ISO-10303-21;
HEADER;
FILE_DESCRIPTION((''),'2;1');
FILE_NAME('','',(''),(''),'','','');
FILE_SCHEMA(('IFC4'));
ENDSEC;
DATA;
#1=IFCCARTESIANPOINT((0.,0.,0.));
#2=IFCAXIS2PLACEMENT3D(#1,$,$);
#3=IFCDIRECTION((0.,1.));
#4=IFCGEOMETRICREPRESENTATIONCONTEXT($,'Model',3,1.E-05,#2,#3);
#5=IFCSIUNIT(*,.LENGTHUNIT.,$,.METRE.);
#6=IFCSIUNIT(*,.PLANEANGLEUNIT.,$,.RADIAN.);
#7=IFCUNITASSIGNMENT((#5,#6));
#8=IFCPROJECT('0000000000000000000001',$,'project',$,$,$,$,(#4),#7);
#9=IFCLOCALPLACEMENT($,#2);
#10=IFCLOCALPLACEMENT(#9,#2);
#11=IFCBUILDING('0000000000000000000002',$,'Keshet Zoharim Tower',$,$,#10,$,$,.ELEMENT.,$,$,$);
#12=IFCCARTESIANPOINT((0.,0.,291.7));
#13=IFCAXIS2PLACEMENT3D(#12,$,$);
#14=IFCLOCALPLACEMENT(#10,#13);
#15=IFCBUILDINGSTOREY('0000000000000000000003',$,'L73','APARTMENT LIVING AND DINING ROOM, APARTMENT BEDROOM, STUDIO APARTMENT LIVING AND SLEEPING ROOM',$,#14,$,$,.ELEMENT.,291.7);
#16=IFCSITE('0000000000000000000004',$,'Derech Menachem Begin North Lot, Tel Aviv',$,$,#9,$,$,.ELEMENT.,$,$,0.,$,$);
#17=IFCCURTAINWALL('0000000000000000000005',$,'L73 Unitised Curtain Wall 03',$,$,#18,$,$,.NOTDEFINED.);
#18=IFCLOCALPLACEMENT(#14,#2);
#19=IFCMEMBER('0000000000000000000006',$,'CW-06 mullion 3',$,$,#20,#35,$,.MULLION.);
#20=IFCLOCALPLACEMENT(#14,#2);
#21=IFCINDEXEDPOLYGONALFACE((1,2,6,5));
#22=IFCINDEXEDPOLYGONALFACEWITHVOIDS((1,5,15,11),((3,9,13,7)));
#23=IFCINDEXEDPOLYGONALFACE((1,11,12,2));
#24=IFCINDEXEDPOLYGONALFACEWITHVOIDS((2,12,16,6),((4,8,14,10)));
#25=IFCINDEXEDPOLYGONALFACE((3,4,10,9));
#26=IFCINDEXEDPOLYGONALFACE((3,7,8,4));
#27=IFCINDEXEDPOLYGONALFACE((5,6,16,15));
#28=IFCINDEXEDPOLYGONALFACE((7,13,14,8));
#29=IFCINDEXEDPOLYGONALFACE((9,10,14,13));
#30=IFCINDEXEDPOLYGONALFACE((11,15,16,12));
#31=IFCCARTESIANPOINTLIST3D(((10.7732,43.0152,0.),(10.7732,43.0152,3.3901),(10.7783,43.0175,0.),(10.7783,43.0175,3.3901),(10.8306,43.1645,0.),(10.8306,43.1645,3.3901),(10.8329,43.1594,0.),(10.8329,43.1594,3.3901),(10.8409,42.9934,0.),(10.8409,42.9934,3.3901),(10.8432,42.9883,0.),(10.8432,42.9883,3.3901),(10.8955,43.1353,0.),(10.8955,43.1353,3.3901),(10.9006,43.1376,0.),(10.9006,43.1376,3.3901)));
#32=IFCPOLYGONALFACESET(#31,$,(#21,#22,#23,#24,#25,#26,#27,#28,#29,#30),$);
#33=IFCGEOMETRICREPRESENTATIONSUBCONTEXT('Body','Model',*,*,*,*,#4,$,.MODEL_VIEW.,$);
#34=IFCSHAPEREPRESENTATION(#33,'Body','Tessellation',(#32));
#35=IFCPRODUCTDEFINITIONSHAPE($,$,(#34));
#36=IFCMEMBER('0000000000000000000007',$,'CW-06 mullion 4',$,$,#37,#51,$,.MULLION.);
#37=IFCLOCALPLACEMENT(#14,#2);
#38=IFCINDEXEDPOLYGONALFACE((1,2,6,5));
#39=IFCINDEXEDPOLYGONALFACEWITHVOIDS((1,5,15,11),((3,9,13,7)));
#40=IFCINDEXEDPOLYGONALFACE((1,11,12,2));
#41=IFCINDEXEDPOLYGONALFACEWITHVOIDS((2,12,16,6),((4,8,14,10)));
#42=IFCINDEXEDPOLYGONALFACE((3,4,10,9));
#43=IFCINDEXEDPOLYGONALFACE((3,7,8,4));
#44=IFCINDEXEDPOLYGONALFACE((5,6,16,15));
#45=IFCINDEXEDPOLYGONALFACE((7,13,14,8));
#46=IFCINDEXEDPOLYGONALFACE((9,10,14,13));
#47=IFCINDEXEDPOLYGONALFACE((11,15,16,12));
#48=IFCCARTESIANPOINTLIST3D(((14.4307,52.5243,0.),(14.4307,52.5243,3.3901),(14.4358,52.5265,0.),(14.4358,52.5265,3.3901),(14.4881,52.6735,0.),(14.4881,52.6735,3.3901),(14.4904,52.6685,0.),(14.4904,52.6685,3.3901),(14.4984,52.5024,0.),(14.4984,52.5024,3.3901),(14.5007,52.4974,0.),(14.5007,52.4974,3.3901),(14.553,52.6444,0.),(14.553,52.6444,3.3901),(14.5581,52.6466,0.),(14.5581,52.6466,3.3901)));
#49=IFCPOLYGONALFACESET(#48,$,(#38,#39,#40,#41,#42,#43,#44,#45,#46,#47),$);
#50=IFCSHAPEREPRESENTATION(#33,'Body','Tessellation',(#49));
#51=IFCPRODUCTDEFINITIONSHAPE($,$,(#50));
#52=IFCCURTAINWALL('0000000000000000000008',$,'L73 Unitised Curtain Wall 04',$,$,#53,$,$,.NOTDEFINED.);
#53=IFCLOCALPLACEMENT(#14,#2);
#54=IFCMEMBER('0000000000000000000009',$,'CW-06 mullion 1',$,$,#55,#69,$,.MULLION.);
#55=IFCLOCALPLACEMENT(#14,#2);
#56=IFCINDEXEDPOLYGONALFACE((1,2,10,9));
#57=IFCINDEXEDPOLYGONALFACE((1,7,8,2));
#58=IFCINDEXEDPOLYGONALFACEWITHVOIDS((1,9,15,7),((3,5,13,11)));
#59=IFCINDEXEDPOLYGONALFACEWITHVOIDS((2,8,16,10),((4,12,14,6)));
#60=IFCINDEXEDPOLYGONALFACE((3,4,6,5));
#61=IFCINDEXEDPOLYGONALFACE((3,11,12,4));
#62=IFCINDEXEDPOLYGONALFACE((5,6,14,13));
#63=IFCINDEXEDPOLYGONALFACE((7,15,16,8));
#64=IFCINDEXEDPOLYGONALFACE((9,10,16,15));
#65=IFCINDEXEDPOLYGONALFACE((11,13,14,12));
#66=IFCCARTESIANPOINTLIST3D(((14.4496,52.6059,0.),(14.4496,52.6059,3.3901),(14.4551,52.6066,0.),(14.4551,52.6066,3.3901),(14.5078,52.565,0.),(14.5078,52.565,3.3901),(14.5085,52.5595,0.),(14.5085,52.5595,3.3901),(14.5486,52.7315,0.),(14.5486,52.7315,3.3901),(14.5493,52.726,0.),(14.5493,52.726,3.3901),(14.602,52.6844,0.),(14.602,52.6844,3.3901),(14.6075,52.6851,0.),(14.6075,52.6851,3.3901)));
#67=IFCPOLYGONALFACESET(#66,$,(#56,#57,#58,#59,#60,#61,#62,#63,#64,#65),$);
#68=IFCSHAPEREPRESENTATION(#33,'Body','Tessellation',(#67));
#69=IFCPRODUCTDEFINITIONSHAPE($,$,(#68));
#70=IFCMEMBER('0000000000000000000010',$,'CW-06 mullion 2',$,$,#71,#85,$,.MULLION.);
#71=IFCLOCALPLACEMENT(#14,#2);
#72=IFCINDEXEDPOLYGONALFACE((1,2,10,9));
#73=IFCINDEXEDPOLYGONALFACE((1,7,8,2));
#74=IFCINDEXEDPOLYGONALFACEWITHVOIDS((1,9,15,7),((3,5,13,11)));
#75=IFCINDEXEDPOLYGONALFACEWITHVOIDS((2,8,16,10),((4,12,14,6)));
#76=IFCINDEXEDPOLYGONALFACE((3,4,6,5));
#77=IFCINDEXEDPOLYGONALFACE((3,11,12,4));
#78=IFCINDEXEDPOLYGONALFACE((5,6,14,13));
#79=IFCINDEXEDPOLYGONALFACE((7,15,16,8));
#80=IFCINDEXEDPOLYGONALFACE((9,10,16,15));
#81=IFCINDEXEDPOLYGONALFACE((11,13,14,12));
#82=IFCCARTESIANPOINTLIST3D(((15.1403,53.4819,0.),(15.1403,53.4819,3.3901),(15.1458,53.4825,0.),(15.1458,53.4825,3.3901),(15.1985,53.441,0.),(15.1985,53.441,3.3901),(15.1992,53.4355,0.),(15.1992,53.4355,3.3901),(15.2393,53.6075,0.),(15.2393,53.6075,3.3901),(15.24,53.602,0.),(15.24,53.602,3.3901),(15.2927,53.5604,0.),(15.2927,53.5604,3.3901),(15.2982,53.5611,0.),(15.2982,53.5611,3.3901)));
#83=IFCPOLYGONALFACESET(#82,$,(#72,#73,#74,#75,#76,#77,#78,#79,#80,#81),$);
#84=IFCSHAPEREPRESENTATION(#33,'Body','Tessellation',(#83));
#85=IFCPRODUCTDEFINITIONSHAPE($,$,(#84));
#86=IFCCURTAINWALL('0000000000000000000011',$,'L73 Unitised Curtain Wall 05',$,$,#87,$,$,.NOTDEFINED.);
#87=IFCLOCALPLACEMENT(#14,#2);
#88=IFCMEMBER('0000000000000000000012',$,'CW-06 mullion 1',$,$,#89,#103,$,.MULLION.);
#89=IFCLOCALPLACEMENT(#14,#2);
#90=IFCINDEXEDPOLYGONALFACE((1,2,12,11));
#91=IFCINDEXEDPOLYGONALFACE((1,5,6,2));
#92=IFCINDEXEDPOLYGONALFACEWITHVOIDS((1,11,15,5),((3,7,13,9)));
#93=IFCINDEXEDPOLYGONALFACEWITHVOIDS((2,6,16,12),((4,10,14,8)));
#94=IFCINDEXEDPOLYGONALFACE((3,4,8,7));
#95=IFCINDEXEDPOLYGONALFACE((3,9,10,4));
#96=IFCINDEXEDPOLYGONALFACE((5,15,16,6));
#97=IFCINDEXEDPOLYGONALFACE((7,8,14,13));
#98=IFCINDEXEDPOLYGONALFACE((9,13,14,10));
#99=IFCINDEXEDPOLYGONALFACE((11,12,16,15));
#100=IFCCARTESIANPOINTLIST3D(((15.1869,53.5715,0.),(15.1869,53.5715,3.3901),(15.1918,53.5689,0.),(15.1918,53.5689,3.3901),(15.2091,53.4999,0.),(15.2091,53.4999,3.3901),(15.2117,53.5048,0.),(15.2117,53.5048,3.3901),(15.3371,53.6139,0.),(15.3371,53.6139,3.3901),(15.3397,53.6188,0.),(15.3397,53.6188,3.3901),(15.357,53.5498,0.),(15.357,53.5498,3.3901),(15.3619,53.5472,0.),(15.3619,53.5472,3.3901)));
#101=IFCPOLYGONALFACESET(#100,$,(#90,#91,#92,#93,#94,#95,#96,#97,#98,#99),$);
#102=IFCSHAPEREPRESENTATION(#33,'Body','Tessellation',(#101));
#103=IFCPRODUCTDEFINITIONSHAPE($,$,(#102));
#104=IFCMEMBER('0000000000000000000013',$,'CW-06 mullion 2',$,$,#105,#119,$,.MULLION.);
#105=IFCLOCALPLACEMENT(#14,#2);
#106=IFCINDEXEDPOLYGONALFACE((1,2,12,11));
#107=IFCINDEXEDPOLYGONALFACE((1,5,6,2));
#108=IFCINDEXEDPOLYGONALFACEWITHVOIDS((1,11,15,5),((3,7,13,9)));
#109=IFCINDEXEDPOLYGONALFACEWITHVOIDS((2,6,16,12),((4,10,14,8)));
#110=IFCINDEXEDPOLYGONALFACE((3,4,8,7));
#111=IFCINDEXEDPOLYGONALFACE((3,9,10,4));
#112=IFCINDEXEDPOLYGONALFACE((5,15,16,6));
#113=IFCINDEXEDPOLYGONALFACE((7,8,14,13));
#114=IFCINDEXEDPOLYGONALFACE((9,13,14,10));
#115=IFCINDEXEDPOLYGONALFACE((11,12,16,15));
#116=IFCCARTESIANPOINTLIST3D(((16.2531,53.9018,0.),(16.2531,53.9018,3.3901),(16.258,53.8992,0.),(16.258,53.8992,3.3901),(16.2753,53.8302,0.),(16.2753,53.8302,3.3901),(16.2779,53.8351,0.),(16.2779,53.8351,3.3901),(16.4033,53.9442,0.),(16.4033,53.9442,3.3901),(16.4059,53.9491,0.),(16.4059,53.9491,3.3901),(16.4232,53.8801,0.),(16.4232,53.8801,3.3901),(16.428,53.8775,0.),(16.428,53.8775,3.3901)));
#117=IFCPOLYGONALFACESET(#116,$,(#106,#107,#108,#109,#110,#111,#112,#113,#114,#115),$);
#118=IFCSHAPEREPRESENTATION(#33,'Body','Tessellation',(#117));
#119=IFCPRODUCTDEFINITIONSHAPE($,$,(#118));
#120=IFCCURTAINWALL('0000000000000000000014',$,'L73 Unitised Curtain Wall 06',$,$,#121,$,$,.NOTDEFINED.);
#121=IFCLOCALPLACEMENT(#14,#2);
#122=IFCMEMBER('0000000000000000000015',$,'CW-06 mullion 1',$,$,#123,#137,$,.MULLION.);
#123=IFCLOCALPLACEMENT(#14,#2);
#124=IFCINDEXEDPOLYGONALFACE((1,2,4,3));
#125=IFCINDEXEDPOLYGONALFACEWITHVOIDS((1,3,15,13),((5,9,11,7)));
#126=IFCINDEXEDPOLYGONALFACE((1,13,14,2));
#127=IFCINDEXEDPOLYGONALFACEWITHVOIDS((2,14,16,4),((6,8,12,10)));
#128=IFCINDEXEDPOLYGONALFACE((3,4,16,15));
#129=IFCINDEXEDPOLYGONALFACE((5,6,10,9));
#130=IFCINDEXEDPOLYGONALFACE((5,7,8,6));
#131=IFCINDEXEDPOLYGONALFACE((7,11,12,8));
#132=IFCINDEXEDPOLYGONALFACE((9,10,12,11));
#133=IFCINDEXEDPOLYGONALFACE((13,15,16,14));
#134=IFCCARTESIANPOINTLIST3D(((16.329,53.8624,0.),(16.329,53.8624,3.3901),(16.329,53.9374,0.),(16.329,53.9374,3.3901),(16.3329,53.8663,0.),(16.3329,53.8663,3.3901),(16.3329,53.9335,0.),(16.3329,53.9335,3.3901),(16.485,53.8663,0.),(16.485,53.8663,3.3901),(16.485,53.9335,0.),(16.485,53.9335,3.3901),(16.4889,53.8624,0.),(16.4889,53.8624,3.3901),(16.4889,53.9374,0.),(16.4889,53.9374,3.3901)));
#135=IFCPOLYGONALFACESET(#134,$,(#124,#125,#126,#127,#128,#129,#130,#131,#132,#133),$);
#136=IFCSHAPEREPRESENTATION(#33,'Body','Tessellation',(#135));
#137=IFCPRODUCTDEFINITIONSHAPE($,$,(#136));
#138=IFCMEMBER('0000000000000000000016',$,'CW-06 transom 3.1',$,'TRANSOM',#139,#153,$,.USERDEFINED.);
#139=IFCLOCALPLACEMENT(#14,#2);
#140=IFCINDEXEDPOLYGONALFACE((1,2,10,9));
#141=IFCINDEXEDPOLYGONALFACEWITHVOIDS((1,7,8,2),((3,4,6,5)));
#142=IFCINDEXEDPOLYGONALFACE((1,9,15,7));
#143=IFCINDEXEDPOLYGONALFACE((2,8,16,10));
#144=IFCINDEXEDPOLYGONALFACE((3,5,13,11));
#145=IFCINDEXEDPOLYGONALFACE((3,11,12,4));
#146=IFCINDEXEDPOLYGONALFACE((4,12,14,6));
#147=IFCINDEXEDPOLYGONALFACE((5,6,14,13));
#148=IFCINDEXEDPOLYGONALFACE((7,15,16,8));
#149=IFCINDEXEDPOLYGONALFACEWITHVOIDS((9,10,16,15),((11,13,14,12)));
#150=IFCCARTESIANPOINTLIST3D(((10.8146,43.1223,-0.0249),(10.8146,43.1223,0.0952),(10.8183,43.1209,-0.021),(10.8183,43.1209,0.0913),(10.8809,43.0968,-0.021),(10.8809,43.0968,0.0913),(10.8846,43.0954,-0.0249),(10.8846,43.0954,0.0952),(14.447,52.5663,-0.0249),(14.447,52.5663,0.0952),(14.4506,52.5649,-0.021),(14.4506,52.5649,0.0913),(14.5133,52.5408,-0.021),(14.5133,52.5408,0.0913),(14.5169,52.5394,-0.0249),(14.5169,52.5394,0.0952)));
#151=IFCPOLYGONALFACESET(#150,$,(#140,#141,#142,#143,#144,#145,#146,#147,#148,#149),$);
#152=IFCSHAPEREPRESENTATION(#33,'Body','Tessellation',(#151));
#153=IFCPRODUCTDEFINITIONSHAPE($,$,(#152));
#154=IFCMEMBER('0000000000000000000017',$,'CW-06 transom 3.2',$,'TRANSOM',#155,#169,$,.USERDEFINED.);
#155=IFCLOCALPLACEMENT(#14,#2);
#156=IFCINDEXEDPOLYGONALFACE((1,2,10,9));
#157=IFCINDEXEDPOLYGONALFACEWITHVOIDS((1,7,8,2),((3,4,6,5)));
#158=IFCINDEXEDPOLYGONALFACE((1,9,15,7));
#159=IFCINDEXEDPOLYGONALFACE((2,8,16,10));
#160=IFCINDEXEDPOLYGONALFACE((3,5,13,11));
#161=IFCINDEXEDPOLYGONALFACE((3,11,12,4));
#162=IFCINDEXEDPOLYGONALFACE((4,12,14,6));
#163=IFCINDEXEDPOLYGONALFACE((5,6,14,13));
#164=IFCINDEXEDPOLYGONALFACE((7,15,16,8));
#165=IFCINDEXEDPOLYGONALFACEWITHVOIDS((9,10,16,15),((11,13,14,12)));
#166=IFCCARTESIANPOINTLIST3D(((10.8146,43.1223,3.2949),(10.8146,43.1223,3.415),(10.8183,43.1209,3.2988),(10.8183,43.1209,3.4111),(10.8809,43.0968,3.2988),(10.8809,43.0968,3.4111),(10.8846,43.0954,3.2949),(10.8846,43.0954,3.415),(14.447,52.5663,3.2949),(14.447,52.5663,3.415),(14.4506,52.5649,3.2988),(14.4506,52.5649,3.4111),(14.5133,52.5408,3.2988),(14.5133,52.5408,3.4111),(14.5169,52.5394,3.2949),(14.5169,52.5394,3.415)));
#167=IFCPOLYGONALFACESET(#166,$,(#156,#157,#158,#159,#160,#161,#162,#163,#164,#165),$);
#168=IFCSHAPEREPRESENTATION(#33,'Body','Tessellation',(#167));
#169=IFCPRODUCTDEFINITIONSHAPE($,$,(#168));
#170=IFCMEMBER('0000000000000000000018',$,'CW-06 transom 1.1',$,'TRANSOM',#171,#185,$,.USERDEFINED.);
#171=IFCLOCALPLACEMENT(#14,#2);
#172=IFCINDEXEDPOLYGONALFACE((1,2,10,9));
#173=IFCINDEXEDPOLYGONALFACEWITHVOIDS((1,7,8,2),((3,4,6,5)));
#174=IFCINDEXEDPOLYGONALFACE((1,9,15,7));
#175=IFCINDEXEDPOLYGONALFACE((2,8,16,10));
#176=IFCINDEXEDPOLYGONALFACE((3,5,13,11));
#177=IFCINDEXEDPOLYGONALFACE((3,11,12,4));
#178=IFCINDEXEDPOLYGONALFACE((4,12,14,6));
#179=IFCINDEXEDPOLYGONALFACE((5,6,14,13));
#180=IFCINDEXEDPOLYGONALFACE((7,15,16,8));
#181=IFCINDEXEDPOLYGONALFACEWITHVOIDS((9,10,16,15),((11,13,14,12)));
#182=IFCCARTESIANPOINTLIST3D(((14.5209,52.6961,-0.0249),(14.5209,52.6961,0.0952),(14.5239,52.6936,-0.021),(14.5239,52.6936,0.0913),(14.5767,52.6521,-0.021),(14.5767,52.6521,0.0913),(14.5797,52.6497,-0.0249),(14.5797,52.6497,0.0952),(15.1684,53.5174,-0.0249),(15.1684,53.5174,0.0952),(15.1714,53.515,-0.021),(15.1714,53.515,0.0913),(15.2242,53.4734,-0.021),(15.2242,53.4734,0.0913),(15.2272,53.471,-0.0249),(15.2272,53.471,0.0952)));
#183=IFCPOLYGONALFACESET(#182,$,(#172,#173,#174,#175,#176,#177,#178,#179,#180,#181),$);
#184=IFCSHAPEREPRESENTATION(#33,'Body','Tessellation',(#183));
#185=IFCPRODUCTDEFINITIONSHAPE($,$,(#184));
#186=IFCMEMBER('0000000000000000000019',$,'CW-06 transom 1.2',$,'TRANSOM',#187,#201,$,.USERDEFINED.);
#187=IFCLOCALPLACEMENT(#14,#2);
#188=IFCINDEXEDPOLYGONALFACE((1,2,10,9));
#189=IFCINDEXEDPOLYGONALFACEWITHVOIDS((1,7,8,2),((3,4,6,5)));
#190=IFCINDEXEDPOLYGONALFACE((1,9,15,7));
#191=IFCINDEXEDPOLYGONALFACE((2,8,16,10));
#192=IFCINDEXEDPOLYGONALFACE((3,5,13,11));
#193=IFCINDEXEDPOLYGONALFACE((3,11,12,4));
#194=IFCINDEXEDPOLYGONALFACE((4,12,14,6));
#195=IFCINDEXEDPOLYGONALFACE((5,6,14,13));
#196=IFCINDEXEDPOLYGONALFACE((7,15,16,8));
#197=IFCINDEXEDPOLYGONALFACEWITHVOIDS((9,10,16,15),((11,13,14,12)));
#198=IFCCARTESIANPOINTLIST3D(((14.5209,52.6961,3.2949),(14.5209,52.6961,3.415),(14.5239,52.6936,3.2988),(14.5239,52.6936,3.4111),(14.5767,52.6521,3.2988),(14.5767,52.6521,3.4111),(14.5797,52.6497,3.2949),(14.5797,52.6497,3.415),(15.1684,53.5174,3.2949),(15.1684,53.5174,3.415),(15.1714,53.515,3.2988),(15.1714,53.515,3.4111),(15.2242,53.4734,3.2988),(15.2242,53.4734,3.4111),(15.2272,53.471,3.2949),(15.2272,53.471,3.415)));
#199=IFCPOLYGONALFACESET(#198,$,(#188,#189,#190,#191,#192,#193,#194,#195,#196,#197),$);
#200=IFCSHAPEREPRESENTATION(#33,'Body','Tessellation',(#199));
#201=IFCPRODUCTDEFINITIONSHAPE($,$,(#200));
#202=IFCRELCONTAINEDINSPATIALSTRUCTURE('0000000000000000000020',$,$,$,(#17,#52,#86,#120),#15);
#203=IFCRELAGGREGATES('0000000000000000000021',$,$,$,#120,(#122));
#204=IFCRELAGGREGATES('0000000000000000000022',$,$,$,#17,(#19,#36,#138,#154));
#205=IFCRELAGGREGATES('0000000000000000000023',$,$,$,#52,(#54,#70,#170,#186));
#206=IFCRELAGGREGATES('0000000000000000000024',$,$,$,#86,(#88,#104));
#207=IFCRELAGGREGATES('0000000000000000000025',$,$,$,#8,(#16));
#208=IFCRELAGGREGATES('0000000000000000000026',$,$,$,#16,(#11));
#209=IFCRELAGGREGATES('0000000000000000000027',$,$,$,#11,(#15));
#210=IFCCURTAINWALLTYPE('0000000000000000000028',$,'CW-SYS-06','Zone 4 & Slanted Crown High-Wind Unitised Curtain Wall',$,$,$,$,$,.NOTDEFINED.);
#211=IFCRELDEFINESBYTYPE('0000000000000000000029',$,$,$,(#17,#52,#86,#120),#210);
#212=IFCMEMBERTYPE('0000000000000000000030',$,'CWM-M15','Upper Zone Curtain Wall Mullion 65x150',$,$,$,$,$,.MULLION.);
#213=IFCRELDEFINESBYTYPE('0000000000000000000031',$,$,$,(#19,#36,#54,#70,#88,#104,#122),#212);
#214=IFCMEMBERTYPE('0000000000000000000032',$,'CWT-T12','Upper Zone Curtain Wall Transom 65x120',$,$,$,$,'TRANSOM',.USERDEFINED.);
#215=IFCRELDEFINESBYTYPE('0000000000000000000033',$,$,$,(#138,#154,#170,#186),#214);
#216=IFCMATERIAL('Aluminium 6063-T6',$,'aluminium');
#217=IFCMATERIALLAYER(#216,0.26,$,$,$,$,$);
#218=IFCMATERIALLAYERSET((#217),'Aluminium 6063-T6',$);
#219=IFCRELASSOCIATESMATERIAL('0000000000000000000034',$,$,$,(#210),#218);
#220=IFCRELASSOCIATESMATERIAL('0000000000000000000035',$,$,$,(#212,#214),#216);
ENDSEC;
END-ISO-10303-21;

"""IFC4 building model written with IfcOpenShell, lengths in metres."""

from ifc_helpers import new_model, si_unit, direction, frame, origin, origin_2d, place, context, subcontext, project, spatial, hollow_rectangle, extrude, material, layer, layer_set, material_profile, profile_set, type_object, element, aggregate, save


model = new_model("IFC4")

# Units and contexts
model_context = context("Model", 3, precision=1e-05, world=origin(), true_north=direction((0.0, 1.0)))
body_context = subcontext(model_context, "Body", "Model", "MODEL_VIEW")
ifc_project = project(units=[si_unit("LENGTHUNIT", "METRE"), si_unit("PLANEANGLEUNIT", "RADIAN")], contexts=[model_context])

# Site, building, storey
site_placement = place(None, origin())
site = spatial("IfcSite", under=ifc_project, at=site_placement, Name="Derech Menachem Begin North Lot, Tel Aviv", CompositionType="ELEMENT", RefElevation=0.0)
building_placement = place(site_placement, origin())
building = spatial("IfcBuilding", under=site, at=building_placement, Name="Keshet Zoharim Tower", CompositionType="ELEMENT")
storey_placement = place(building_placement, frame((0.0, 0.0, 291.7)))
storey = spatial("IfcBuildingStorey", under=building, at=storey_placement, Name="L73", Description="APARTMENT LIVING AND DINING ROOM, APARTMENT BEDROOM, STUDIO APARTMENT LIVING AND SLEEPING ROOM", CompositionType="ELEMENT", Elevation=291.7)

# Curtain walls, members
ifc_material_1 = material(Name="Aluminium 6063-T6", Category="aluminium")
ifc_layer_1 = layer(ifc_material_1, 0.26)
ifc_layer_set_1 = layer_set([ifc_layer_1], Name="Aluminium 6063-T6")
curtain_wall_type = type_object("IfcCurtainWallType", Name="CW-SYS-06", Description="Zone 4 & Slanted Crown High-Wind Unitised Curtain Wall", PredefinedType="NOTDEFINED", material=ifc_layer_set_1)
curtain_wall_1_placement = place(storey_placement, origin())
curtain_wall_1 = element("IfcCurtainWall", 1, at=curtain_wall_1_placement, inside=storey, type_object=curtain_wall_type, Name="L73 Unitised Curtain Wall 03", PredefinedType="NOTDEFINED")
ifc_material_profile_1 = material_profile(ifc_material_1, hollow_rectangle(XDim=0.075, YDim=0.1599, WallThickness=0.0039, at=origin_2d()), Name="MUL-75x160")
ifc_profile_set_1 = profile_set([ifc_material_profile_1], Name="Aluminium 6063-T6")
member_type_1 = type_object("IfcMemberType", Name="CWM-M15", Description="Upper Zone Curtain Wall Mullion 65x150", PredefinedType="MULLION", material=ifc_profile_set_1)
member_1_placement = place(storey_placement, frame((10.8369, 43.0764, 0.0), z_axis=(0.0, 0.0, 1.0), x_axis=(-0.933341, 0.35899, 0.0)))
member_1 = element("IfcMember", 2, at=member_1_placement, type_object=member_type_1, Name="CW-06 mullion 3", PredefinedType="MULLION", context=body_context, shape_type="SweptSolid", body=[
    extrude(hollow_rectangle(XDim=0.075, YDim=0.1599, WallThickness=0.0039, at=origin_2d()), origin(), (0.0, 0.0, 1.0), 3.3901),
])
member_2_placement = place(storey_placement, frame((14.4944, 52.5854, 0.0), z_axis=(0.0, 0.0, 1.0), x_axis=(-0.933341, 0.35899, 0.0)))
member_2 = element("IfcMember", 3, at=member_2_placement, type_object=member_type_1, Name="CW-06 mullion 4", PredefinedType="MULLION", context=body_context, shape_type="SweptSolid", body=[
    extrude(hollow_rectangle(XDim=0.075, YDim=0.1599, WallThickness=0.0039, at=origin_2d()), origin(), (0.0, 0.0, 1.0), 3.3901),
])
curtain_wall_2_placement = place(storey_placement, origin())
curtain_wall_2 = element("IfcCurtainWall", 4, at=curtain_wall_2_placement, inside=storey, type_object=curtain_wall_type, Name="L73 Unitised Curtain Wall 04", PredefinedType="NOTDEFINED")
member_3_placement = place(storey_placement, frame((14.5286, 52.6455, 0.0), z_axis=(0.0, 0.0, 1.0), x_axis=(-0.785293, 0.619125, 0.0)))
member_3 = element("IfcMember", 5, at=member_3_placement, type_object=member_type_1, Name="CW-06 mullion 1", PredefinedType="MULLION", context=body_context, shape_type="SweptSolid", body=[
    extrude(hollow_rectangle(XDim=0.075, YDim=0.1599, WallThickness=0.0039, at=origin_2d()), origin(), (0.0, 0.0, 1.0), 3.3901),
])
member_4_placement = place(storey_placement, frame((15.2192, 53.5215, 0.0), z_axis=(0.0, 0.0, 1.0), x_axis=(-0.785293, 0.619125, 0.0)))
member_4 = element("IfcMember", 6, at=member_4_placement, type_object=member_type_1, Name="CW-06 mullion 2", PredefinedType="MULLION", context=body_context, shape_type="SweptSolid", body=[
    extrude(hollow_rectangle(XDim=0.075, YDim=0.1599, WallThickness=0.0039, at=origin_2d()), origin(), (0.0, 0.0, 1.0), 3.3901),
])
curtain_wall_3_placement = place(storey_placement, origin())
curtain_wall_3 = element("IfcCurtainWall", 7, at=curtain_wall_3_placement, inside=storey, type_object=curtain_wall_type, Name="L73 Unitised Curtain Wall 05", PredefinedType="NOTDEFINED")
member_5_placement = place(storey_placement, frame((15.2744, 53.5593, 0.0), z_axis=(0.0, 0.0, 1.0), x_axis=(-0.295922, 0.955212, 0.0)))
member_5 = element("IfcMember", 8, at=member_5_placement, type_object=member_type_1, Name="CW-06 mullion 1", PredefinedType="MULLION", context=body_context, shape_type="SweptSolid", body=[
    extrude(hollow_rectangle(XDim=0.075, YDim=0.1599, WallThickness=0.0039, at=origin_2d()), origin(), (0.0, 0.0, 1.0), 3.3901),
])
member_6_placement = place(storey_placement, frame((16.3406, 53.8896, 0.0), z_axis=(0.0, 0.0, 1.0), x_axis=(-0.295922, 0.955212, 0.0)))
member_6 = element("IfcMember", 9, at=member_6_placement, type_object=member_type_1, Name="CW-06 mullion 2", PredefinedType="MULLION", context=body_context, shape_type="SweptSolid", body=[
    extrude(hollow_rectangle(XDim=0.075, YDim=0.1599, WallThickness=0.0039, at=origin_2d()), origin(), (0.0, 0.0, 1.0), 3.3901),
])

# Curtain wall, member
curtain_wall_4_placement = place(storey_placement, origin())
curtain_wall_4 = element("IfcCurtainWall", 10, at=curtain_wall_4_placement, inside=storey, type_object=curtain_wall_type, Name="L73 Unitised Curtain Wall 06", PredefinedType="NOTDEFINED")
member_7_placement = place(storey_placement, frame((16.4089, 53.8999, 0.0), z_axis=(0.0, 0.0, 1.0), x_axis=(0.0, 1.0, 0.0)))
member_7 = element("IfcMember", 11, at=member_7_placement, type_object=member_type_1, Name="CW-06 mullion 1", PredefinedType="MULLION", context=body_context, shape_type="SweptSolid", body=[
    extrude(hollow_rectangle(XDim=0.075, YDim=0.1599, WallThickness=0.0039, at=origin_2d()), origin(), (0.0, 0.0, 1.0), 3.3901),
])

# Members
ifc_material_profile_2 = material_profile(ifc_material_1, hollow_rectangle(XDim=0.075, YDim=0.1201, WallThickness=0.0039, at=origin_2d()), Name="TRN-75x120")
ifc_profile_set_2 = profile_set([ifc_material_profile_2], Name="Aluminium 6063-T6")
member_type_2 = type_object("IfcMemberType", Name="CWT-T12", Description="Upper Zone Curtain Wall Transom 65x120", ElementType="TRANSOM", PredefinedType="USERDEFINED", material=ifc_profile_set_2)
member_8_placement = place(storey_placement, frame((10.8496, 43.1089, 0.0352), z_axis=(0.358986, 0.933343, 0.0), x_axis=(-0.933343, 0.358986, 0.0)))
member_8 = element("IfcMember", 12, at=member_8_placement, type_object=member_type_2, Name="CW-06 transom 3.1", ObjectType="TRANSOM", PredefinedType="USERDEFINED", context=body_context, shape_type="SweptSolid", body=[
    extrude(hollow_rectangle(XDim=0.075, YDim=0.1201, WallThickness=0.0039, at=origin_2d()), origin(), (0.0, 0.0, 1.0), 10.1184),
])
member_9_placement = place(storey_placement, frame((10.8496, 43.1089, 3.355), z_axis=(0.358986, 0.933343, 0.0), x_axis=(-0.933343, 0.358986, 0.0)))
member_9 = element("IfcMember", 13, at=member_9_placement, type_object=member_type_2, Name="CW-06 transom 3.2", ObjectType="TRANSOM", PredefinedType="USERDEFINED", context=body_context, shape_type="SweptSolid", body=[
    extrude(hollow_rectangle(XDim=0.075, YDim=0.1201, WallThickness=0.0039, at=origin_2d()), origin(), (0.0, 0.0, 1.0), 10.1184),
])
member_10_placement = place(storey_placement, frame((14.5503, 52.6729, 0.0352), z_axis=(0.619099, 0.785313, 0.0), x_axis=(-0.785313, 0.619099, 0.0)))
member_10 = element("IfcMember", 14, at=member_10_placement, type_object=member_type_2, Name="CW-06 transom 1.1", ObjectType="TRANSOM", PredefinedType="USERDEFINED", context=body_context, shape_type="SweptSolid", body=[
    extrude(hollow_rectangle(XDim=0.075, YDim=0.1201, WallThickness=0.0039, at=origin_2d()), origin(), (0.0, 0.0, 1.0), 1.0459),
])
member_11_placement = place(storey_placement, frame((14.5503, 52.6729, 3.355), z_axis=(0.619099, 0.785313, 0.0), x_axis=(-0.785313, 0.619099, 0.0)))
member_11 = element("IfcMember", 15, at=member_11_placement, type_object=member_type_2, Name="CW-06 transom 1.2", ObjectType="TRANSOM", PredefinedType="USERDEFINED", context=body_context, shape_type="SweptSolid", body=[
    extrude(hollow_rectangle(XDim=0.075, YDim=0.1201, WallThickness=0.0039, at=origin_2d()), origin(), (0.0, 0.0, 1.0), 1.0459),
])
aggregate(curtain_wall_4, [member_7])

aggregate(curtain_wall_1, [member_1, member_2, member_8, member_9])
aggregate(curtain_wall_2, [member_3, member_4, member_10, member_11])
aggregate(curtain_wall_3, [member_5, member_6])

save(model, "model.ifc")
